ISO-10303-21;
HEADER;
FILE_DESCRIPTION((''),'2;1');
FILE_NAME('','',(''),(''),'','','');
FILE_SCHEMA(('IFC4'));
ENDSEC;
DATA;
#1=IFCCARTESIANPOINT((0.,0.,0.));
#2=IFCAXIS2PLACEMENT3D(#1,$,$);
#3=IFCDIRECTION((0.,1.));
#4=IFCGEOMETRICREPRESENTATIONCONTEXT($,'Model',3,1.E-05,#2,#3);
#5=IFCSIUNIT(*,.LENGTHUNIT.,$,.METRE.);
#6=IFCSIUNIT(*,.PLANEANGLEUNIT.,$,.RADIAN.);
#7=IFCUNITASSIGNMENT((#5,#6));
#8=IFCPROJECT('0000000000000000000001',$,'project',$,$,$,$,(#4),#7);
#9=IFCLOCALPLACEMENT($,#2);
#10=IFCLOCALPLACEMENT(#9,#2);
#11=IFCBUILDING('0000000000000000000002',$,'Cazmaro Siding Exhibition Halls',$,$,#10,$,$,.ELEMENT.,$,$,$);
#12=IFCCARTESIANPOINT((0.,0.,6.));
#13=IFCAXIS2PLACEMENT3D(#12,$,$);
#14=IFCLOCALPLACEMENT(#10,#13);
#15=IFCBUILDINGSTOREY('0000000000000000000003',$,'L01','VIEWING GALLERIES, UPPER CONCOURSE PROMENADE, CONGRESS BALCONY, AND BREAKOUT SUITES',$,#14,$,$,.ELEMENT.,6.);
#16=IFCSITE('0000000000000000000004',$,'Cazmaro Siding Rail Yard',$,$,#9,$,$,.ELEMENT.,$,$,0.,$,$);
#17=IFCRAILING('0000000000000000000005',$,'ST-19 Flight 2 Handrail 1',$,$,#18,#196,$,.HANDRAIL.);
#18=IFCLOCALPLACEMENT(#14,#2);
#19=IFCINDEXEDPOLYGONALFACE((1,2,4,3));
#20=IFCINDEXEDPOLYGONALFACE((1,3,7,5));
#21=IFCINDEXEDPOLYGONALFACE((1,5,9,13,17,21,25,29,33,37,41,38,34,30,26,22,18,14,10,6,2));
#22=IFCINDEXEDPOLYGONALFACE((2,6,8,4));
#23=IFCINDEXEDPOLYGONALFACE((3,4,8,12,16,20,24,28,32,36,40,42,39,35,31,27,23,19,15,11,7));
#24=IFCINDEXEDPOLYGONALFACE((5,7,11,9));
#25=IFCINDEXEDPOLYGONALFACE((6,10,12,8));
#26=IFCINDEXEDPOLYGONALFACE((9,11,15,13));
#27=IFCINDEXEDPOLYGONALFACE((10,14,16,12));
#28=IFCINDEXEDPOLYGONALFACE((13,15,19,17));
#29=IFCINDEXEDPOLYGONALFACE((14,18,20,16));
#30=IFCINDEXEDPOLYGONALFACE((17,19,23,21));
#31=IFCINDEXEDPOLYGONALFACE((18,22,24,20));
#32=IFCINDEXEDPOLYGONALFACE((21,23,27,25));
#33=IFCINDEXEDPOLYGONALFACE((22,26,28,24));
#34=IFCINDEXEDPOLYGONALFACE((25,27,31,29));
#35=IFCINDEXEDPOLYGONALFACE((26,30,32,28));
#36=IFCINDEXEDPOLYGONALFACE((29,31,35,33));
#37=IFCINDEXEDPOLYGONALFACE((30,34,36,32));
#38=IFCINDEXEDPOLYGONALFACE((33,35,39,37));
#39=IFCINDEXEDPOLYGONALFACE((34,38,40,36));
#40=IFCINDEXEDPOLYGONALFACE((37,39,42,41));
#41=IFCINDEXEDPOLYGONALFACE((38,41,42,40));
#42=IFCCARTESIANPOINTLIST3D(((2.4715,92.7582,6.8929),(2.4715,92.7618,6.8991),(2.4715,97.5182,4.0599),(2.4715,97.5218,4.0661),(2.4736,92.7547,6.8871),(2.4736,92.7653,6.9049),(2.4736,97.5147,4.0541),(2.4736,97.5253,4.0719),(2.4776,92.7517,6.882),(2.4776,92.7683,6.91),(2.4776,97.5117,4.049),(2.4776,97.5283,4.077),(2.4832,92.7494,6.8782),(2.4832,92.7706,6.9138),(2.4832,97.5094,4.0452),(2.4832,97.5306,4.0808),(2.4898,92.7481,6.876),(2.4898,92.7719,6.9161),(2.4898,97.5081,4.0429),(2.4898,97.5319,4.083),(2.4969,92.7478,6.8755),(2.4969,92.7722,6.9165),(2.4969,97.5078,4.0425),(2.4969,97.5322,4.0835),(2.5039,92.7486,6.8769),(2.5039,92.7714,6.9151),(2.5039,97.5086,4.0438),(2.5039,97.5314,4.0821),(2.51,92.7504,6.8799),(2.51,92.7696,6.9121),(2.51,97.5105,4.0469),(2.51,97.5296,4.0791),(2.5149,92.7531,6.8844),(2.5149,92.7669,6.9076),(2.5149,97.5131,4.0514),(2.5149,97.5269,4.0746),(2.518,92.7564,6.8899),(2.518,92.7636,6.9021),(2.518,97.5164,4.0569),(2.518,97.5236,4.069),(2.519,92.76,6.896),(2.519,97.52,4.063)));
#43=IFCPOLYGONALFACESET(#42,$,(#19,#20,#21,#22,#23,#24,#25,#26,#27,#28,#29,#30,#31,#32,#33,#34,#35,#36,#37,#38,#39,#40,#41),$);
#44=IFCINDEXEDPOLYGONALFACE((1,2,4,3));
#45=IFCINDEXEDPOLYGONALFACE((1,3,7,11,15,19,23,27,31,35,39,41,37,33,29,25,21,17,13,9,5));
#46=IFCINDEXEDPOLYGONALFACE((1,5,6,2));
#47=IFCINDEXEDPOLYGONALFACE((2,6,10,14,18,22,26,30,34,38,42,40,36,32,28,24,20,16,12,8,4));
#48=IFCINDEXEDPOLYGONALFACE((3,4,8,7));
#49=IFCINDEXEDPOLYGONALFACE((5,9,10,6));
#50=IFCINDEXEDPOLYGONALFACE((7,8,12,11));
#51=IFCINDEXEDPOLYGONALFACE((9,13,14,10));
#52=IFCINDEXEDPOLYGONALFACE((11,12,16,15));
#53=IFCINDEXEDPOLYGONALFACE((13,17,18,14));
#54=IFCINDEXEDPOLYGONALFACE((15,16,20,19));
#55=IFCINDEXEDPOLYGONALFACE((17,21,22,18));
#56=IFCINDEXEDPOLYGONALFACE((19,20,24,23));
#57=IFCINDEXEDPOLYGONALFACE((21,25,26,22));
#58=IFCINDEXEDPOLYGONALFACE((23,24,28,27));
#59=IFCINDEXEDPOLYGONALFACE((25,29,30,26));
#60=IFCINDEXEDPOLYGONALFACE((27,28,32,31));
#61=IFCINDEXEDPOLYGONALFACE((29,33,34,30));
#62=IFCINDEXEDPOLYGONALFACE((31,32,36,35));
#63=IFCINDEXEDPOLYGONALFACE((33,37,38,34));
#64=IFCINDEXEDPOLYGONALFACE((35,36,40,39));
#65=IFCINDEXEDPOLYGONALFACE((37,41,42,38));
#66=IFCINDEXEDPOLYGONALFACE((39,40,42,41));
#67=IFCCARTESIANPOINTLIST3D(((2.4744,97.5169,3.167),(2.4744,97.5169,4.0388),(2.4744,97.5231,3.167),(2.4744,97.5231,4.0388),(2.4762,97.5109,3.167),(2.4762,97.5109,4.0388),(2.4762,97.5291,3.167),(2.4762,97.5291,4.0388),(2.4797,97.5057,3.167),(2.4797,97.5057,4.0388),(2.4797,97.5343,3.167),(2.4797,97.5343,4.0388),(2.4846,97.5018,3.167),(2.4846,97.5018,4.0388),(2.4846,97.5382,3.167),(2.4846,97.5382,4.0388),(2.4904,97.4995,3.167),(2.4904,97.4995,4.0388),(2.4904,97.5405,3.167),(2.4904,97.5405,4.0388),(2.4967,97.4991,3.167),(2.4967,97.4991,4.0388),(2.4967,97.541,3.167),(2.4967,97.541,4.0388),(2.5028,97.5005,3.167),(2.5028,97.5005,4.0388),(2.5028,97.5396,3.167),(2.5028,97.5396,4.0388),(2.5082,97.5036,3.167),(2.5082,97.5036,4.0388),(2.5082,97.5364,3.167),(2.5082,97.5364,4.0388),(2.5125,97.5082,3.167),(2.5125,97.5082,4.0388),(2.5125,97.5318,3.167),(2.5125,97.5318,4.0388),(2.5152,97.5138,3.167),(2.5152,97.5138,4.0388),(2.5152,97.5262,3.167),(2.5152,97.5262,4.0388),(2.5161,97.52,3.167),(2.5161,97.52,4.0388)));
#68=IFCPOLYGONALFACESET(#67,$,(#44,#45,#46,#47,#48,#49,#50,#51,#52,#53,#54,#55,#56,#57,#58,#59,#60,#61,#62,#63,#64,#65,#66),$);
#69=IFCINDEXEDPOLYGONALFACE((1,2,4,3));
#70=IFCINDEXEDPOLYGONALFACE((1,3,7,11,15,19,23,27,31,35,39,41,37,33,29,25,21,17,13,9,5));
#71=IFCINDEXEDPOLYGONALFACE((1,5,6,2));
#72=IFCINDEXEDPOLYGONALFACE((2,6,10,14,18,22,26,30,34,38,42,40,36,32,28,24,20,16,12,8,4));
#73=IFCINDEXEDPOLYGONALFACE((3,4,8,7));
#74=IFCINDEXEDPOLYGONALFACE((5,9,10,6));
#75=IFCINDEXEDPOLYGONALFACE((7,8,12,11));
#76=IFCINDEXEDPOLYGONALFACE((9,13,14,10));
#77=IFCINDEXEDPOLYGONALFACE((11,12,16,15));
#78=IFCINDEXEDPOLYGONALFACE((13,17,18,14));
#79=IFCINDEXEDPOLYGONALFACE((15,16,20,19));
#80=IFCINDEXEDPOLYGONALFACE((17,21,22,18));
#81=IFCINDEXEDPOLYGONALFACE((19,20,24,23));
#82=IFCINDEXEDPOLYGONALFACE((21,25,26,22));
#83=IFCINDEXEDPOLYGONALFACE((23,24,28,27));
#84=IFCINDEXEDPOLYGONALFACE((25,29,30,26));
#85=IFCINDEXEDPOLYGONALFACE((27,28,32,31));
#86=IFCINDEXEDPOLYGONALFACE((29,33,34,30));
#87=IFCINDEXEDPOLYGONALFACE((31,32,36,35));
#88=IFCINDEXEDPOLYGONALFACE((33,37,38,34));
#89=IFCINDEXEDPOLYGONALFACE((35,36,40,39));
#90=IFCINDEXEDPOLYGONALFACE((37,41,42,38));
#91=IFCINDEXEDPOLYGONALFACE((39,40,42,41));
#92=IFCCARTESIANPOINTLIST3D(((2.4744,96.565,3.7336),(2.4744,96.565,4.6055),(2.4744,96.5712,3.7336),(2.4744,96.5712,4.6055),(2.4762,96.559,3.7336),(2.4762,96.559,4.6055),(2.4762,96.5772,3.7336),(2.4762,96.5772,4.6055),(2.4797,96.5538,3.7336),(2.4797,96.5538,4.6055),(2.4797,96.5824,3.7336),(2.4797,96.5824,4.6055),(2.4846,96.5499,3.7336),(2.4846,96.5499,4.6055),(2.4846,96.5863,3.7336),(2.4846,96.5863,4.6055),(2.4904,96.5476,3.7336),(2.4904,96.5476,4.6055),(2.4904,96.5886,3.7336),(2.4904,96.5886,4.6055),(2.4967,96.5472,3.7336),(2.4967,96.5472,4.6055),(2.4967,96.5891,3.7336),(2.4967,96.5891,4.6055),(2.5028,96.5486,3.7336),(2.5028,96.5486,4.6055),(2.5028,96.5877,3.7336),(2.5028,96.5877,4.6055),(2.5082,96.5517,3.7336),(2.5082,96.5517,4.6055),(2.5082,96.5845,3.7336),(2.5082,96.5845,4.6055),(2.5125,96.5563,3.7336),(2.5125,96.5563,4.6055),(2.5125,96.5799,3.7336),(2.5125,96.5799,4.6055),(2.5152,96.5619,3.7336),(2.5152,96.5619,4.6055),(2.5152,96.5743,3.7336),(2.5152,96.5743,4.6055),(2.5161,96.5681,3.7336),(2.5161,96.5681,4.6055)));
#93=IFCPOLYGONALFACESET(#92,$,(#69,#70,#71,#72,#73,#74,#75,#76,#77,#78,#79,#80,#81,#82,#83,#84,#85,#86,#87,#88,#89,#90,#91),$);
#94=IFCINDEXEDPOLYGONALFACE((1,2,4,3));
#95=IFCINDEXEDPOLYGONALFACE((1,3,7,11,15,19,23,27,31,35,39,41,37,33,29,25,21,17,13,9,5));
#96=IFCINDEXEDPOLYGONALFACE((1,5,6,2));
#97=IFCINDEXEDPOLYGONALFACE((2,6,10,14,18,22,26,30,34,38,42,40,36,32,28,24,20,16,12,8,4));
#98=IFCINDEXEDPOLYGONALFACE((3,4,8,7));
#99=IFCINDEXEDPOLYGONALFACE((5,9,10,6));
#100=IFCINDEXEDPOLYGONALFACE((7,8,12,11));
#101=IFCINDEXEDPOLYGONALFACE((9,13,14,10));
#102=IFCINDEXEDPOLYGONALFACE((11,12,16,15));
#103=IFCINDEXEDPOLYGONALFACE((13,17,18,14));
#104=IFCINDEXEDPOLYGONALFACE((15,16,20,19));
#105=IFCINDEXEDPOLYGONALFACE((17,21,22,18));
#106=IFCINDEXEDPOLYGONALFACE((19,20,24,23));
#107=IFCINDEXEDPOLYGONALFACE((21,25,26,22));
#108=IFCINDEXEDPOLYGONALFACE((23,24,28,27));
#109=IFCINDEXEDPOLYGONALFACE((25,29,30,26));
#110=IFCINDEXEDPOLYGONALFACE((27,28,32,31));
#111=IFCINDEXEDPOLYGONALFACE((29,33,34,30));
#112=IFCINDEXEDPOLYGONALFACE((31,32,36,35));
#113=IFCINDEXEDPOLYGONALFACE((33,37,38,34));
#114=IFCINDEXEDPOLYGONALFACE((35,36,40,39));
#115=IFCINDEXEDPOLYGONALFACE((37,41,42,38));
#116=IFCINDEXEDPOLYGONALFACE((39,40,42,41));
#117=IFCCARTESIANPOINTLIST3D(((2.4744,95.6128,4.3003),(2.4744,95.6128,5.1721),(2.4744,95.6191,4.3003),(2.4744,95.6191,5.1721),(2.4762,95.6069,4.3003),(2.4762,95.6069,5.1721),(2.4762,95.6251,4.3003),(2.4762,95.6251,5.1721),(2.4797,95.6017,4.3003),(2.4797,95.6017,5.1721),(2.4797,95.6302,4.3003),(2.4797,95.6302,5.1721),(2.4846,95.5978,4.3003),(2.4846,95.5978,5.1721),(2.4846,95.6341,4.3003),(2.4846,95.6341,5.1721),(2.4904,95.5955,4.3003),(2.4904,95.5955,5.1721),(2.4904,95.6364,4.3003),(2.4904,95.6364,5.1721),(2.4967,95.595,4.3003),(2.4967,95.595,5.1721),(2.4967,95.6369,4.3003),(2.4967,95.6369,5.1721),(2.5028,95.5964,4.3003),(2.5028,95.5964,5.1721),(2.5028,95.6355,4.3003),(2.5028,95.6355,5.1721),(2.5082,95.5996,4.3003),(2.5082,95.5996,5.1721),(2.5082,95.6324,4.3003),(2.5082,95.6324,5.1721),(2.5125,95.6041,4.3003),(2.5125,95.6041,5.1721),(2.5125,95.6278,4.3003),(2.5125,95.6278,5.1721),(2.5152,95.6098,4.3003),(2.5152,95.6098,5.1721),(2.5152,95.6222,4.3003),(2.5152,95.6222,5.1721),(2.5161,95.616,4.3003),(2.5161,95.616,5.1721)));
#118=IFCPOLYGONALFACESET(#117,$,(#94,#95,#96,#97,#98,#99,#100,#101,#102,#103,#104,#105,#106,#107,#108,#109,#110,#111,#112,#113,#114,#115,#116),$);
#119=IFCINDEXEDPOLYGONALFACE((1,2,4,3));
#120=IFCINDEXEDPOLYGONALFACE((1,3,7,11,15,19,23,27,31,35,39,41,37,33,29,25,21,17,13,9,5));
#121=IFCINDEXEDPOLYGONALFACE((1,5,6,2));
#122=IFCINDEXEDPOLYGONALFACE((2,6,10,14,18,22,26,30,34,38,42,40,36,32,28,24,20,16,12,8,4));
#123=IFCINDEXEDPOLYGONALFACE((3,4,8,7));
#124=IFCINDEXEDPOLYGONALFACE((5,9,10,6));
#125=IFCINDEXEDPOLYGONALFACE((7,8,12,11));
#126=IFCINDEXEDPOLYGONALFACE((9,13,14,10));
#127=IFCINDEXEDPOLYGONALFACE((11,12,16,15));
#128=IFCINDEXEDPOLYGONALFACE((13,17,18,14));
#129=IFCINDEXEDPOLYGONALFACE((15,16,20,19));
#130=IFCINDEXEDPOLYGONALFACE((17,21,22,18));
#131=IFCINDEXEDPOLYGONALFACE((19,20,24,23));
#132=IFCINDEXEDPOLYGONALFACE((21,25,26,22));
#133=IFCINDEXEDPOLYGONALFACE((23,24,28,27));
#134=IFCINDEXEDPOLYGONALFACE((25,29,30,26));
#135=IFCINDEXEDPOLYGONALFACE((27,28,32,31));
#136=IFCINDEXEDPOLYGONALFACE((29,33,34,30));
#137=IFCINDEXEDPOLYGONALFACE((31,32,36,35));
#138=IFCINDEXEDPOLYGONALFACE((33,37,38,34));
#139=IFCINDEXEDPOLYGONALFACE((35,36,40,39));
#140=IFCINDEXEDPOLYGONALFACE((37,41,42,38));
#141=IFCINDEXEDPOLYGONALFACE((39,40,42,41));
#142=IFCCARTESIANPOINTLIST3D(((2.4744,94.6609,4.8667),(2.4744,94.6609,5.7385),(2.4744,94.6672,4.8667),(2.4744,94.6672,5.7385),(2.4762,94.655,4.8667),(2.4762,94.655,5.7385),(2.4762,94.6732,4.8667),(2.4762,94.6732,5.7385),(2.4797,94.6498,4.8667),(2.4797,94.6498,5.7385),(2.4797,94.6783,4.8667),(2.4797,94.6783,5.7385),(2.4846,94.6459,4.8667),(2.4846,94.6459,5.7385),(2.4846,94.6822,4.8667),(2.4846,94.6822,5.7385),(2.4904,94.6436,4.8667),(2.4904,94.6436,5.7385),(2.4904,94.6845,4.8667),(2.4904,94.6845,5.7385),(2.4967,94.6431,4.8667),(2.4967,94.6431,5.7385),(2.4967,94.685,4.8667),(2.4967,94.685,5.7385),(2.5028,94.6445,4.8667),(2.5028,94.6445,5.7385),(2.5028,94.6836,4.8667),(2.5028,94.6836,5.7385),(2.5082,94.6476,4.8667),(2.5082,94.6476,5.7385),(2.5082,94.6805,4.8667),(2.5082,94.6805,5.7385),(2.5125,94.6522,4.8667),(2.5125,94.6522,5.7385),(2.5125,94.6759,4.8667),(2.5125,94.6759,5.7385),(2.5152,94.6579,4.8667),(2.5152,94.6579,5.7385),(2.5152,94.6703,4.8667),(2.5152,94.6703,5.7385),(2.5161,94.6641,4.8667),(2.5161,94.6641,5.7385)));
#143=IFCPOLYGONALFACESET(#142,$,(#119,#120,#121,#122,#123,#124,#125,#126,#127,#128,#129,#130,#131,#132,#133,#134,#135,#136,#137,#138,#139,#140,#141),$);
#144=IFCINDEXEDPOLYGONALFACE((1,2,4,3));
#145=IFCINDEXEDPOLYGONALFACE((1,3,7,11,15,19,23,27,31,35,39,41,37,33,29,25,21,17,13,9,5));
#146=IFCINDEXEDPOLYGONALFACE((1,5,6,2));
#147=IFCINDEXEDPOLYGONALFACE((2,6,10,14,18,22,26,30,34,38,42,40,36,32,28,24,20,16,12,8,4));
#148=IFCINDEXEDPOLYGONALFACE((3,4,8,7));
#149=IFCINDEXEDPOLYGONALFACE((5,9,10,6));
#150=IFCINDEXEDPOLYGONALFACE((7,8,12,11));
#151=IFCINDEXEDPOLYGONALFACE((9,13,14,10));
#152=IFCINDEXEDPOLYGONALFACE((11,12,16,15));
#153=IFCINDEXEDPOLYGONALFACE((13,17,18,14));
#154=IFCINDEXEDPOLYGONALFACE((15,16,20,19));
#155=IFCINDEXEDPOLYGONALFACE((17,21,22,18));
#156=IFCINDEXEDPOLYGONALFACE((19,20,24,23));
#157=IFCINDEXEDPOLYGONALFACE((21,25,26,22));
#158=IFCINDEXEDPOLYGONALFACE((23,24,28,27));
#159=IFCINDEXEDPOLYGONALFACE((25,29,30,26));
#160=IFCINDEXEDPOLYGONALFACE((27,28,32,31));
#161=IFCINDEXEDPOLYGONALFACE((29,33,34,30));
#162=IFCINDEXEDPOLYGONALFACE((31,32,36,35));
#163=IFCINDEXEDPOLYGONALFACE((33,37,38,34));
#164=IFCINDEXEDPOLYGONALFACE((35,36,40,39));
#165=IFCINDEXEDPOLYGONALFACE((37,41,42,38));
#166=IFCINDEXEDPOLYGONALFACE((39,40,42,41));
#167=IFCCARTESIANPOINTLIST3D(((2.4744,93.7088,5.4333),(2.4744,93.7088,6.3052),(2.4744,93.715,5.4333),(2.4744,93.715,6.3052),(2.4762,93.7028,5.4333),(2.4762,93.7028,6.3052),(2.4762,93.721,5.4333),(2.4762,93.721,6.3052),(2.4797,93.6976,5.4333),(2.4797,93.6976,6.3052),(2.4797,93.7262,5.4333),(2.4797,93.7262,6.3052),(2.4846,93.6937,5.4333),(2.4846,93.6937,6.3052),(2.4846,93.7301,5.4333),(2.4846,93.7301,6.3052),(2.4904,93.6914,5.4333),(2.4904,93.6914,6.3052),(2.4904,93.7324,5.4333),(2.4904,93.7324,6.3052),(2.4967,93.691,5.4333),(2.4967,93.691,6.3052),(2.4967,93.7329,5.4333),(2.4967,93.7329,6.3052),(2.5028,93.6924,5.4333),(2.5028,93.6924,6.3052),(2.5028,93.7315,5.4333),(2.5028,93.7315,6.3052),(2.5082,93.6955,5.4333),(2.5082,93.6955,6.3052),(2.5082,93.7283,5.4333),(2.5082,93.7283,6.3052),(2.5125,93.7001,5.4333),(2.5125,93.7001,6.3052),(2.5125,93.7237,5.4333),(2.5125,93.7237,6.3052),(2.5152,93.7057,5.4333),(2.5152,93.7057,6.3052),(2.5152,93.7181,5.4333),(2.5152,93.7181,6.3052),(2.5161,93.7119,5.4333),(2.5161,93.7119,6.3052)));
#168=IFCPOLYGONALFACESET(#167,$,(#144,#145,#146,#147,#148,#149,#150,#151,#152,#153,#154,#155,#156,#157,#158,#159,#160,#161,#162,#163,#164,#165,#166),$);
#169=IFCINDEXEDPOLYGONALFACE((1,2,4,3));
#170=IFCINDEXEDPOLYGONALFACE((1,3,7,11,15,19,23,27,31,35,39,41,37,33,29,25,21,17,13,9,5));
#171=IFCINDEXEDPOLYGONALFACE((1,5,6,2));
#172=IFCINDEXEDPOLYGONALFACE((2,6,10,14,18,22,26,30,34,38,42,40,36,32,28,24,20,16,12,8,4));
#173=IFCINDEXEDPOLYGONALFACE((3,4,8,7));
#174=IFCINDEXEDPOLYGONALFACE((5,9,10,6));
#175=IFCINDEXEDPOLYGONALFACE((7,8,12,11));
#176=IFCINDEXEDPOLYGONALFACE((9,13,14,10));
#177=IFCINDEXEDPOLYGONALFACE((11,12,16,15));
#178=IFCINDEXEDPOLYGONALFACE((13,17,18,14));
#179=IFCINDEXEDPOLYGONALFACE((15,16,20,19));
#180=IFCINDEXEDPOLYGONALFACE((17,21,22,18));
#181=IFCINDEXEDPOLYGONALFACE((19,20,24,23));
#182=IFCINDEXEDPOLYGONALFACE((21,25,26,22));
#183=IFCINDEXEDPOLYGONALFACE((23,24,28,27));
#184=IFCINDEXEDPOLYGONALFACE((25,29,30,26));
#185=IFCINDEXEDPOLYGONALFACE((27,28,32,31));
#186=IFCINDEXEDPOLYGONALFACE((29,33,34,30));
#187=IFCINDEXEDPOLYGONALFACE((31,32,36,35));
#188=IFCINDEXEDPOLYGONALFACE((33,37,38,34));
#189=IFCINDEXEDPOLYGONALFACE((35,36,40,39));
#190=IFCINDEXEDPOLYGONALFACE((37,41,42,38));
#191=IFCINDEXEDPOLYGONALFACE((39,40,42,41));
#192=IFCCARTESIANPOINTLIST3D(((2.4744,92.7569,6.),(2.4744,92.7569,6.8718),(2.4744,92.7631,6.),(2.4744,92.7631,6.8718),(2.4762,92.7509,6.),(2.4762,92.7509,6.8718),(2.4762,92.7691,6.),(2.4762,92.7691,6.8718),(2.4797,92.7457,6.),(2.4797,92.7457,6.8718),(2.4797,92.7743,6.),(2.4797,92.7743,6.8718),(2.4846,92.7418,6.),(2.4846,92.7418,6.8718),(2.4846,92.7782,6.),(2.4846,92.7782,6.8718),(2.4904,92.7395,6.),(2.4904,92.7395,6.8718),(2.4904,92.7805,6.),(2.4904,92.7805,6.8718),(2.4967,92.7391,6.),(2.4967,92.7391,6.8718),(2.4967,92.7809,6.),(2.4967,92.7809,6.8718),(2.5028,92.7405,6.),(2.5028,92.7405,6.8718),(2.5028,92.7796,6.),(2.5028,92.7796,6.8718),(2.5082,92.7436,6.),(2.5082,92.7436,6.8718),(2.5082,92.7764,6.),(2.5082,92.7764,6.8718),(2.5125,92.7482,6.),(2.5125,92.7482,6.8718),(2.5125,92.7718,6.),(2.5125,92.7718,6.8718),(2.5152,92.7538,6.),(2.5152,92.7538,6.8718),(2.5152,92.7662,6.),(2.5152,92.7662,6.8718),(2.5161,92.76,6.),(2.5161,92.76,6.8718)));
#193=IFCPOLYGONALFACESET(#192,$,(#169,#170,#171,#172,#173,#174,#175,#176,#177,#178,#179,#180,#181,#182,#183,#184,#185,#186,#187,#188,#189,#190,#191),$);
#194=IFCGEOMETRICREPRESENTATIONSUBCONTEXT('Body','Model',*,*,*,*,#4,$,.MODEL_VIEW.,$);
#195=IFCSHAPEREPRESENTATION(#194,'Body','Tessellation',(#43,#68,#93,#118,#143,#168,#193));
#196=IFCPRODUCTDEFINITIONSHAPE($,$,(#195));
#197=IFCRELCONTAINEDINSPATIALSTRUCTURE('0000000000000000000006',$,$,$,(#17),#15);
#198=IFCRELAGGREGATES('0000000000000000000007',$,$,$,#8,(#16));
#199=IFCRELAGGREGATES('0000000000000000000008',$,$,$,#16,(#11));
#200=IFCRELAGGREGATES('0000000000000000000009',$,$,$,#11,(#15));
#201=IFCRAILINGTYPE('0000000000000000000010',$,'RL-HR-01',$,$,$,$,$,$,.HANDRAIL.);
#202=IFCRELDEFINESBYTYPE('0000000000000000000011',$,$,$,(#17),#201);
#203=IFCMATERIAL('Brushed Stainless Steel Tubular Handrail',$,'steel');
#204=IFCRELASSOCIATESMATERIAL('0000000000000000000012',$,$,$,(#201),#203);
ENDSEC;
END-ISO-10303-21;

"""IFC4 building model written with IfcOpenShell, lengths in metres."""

from ifc_helpers import new_model, si_unit, direction, frame, origin, origin_2d, place, context, subcontext, project, spatial, circle, extrude, material, type_object, element, save


model = new_model("IFC4")

# Units and contexts
model_context = context("Model", 3, precision=1e-05, world=origin(), true_north=direction((0.0, 1.0)))
body_context = subcontext(model_context, "Body", "Model", "MODEL_VIEW")
ifc_project = project(units=[si_unit("LENGTHUNIT", "METRE"), si_unit("PLANEANGLEUNIT", "RADIAN")], contexts=[model_context])

# Site, building, storey
site_placement = place(None, origin())
site = spatial("IfcSite", under=ifc_project, at=site_placement, Name="Cazmaro Siding Rail Yard", CompositionType="ELEMENT", RefElevation=0.0)
building_placement = place(site_placement, origin())
building = spatial("IfcBuilding", under=site, at=building_placement, Name="Cazmaro Siding Exhibition Halls", CompositionType="ELEMENT")
storey_placement = place(building_placement, frame((0.0, 0.0, 6.0)))
storey = spatial("IfcBuildingStorey", under=building, at=storey_placement, Name="L01", Description="VIEWING GALLERIES, UPPER CONCOURSE PROMENADE, CONGRESS BALCONY, AND BREAKOUT SUITES", CompositionType="ELEMENT", Elevation=6.0)

# Railing
ifc_material_1 = material(Name="Brushed Stainless Steel Tubular Handrail", Category="steel")
railing_type_1 = type_object("IfcRailingType", Name="RL-HR-01", PredefinedType="HANDRAIL", material=ifc_material_1)
railing_1_placement = place(storey_placement, frame((2.4951, 97.52, 3.167)))
element("IfcRailing", 1, at=railing_1_placement, inside=storey, type_object=railing_type_1, Name="ST-19 Flight 2 Handrail 1", PredefinedType="HANDRAIL", context=body_context, shape_type="SweptSolid", body=[
    extrude(circle(Radius=0.0239, at=origin_2d()), frame((0.0, 0.0, 0.896), z_axis=(0.0, -0.859319, 0.51144), x_axis=(1.0, 0.0, 0.0)), (0.0, 0.0, 1.0), 5.5393),
    extrude(circle(Radius=0.021, at=origin_2d()), origin(), (0.0, 0.0, 1.0), 0.8718),
    extrude(circle(Radius=0.021, at=origin_2d()), frame((0.0, -0.9519, 0.5667)), (0.0, 0.0, 1.0), 0.8718),
    extrude(circle(Radius=0.021, at=origin_2d()), frame((0.0, -1.9041, 1.1333)), (0.0, 0.0, 1.0), 0.8718),
    extrude(circle(Radius=0.021, at=origin_2d()), frame((0.0, -2.856, 1.6997)), (0.0, 0.0, 1.0), 0.8718),
    extrude(circle(Radius=0.021, at=origin_2d()), frame((0.0, -3.8081, 2.2664)), (0.0, 0.0, 1.0), 0.8718),
    extrude(circle(Radius=0.021, at=origin_2d()), frame((0.0, -4.76, 2.833)), (0.0, 0.0, 1.0), 0.8718),
])

save(model, "model.ifc")
